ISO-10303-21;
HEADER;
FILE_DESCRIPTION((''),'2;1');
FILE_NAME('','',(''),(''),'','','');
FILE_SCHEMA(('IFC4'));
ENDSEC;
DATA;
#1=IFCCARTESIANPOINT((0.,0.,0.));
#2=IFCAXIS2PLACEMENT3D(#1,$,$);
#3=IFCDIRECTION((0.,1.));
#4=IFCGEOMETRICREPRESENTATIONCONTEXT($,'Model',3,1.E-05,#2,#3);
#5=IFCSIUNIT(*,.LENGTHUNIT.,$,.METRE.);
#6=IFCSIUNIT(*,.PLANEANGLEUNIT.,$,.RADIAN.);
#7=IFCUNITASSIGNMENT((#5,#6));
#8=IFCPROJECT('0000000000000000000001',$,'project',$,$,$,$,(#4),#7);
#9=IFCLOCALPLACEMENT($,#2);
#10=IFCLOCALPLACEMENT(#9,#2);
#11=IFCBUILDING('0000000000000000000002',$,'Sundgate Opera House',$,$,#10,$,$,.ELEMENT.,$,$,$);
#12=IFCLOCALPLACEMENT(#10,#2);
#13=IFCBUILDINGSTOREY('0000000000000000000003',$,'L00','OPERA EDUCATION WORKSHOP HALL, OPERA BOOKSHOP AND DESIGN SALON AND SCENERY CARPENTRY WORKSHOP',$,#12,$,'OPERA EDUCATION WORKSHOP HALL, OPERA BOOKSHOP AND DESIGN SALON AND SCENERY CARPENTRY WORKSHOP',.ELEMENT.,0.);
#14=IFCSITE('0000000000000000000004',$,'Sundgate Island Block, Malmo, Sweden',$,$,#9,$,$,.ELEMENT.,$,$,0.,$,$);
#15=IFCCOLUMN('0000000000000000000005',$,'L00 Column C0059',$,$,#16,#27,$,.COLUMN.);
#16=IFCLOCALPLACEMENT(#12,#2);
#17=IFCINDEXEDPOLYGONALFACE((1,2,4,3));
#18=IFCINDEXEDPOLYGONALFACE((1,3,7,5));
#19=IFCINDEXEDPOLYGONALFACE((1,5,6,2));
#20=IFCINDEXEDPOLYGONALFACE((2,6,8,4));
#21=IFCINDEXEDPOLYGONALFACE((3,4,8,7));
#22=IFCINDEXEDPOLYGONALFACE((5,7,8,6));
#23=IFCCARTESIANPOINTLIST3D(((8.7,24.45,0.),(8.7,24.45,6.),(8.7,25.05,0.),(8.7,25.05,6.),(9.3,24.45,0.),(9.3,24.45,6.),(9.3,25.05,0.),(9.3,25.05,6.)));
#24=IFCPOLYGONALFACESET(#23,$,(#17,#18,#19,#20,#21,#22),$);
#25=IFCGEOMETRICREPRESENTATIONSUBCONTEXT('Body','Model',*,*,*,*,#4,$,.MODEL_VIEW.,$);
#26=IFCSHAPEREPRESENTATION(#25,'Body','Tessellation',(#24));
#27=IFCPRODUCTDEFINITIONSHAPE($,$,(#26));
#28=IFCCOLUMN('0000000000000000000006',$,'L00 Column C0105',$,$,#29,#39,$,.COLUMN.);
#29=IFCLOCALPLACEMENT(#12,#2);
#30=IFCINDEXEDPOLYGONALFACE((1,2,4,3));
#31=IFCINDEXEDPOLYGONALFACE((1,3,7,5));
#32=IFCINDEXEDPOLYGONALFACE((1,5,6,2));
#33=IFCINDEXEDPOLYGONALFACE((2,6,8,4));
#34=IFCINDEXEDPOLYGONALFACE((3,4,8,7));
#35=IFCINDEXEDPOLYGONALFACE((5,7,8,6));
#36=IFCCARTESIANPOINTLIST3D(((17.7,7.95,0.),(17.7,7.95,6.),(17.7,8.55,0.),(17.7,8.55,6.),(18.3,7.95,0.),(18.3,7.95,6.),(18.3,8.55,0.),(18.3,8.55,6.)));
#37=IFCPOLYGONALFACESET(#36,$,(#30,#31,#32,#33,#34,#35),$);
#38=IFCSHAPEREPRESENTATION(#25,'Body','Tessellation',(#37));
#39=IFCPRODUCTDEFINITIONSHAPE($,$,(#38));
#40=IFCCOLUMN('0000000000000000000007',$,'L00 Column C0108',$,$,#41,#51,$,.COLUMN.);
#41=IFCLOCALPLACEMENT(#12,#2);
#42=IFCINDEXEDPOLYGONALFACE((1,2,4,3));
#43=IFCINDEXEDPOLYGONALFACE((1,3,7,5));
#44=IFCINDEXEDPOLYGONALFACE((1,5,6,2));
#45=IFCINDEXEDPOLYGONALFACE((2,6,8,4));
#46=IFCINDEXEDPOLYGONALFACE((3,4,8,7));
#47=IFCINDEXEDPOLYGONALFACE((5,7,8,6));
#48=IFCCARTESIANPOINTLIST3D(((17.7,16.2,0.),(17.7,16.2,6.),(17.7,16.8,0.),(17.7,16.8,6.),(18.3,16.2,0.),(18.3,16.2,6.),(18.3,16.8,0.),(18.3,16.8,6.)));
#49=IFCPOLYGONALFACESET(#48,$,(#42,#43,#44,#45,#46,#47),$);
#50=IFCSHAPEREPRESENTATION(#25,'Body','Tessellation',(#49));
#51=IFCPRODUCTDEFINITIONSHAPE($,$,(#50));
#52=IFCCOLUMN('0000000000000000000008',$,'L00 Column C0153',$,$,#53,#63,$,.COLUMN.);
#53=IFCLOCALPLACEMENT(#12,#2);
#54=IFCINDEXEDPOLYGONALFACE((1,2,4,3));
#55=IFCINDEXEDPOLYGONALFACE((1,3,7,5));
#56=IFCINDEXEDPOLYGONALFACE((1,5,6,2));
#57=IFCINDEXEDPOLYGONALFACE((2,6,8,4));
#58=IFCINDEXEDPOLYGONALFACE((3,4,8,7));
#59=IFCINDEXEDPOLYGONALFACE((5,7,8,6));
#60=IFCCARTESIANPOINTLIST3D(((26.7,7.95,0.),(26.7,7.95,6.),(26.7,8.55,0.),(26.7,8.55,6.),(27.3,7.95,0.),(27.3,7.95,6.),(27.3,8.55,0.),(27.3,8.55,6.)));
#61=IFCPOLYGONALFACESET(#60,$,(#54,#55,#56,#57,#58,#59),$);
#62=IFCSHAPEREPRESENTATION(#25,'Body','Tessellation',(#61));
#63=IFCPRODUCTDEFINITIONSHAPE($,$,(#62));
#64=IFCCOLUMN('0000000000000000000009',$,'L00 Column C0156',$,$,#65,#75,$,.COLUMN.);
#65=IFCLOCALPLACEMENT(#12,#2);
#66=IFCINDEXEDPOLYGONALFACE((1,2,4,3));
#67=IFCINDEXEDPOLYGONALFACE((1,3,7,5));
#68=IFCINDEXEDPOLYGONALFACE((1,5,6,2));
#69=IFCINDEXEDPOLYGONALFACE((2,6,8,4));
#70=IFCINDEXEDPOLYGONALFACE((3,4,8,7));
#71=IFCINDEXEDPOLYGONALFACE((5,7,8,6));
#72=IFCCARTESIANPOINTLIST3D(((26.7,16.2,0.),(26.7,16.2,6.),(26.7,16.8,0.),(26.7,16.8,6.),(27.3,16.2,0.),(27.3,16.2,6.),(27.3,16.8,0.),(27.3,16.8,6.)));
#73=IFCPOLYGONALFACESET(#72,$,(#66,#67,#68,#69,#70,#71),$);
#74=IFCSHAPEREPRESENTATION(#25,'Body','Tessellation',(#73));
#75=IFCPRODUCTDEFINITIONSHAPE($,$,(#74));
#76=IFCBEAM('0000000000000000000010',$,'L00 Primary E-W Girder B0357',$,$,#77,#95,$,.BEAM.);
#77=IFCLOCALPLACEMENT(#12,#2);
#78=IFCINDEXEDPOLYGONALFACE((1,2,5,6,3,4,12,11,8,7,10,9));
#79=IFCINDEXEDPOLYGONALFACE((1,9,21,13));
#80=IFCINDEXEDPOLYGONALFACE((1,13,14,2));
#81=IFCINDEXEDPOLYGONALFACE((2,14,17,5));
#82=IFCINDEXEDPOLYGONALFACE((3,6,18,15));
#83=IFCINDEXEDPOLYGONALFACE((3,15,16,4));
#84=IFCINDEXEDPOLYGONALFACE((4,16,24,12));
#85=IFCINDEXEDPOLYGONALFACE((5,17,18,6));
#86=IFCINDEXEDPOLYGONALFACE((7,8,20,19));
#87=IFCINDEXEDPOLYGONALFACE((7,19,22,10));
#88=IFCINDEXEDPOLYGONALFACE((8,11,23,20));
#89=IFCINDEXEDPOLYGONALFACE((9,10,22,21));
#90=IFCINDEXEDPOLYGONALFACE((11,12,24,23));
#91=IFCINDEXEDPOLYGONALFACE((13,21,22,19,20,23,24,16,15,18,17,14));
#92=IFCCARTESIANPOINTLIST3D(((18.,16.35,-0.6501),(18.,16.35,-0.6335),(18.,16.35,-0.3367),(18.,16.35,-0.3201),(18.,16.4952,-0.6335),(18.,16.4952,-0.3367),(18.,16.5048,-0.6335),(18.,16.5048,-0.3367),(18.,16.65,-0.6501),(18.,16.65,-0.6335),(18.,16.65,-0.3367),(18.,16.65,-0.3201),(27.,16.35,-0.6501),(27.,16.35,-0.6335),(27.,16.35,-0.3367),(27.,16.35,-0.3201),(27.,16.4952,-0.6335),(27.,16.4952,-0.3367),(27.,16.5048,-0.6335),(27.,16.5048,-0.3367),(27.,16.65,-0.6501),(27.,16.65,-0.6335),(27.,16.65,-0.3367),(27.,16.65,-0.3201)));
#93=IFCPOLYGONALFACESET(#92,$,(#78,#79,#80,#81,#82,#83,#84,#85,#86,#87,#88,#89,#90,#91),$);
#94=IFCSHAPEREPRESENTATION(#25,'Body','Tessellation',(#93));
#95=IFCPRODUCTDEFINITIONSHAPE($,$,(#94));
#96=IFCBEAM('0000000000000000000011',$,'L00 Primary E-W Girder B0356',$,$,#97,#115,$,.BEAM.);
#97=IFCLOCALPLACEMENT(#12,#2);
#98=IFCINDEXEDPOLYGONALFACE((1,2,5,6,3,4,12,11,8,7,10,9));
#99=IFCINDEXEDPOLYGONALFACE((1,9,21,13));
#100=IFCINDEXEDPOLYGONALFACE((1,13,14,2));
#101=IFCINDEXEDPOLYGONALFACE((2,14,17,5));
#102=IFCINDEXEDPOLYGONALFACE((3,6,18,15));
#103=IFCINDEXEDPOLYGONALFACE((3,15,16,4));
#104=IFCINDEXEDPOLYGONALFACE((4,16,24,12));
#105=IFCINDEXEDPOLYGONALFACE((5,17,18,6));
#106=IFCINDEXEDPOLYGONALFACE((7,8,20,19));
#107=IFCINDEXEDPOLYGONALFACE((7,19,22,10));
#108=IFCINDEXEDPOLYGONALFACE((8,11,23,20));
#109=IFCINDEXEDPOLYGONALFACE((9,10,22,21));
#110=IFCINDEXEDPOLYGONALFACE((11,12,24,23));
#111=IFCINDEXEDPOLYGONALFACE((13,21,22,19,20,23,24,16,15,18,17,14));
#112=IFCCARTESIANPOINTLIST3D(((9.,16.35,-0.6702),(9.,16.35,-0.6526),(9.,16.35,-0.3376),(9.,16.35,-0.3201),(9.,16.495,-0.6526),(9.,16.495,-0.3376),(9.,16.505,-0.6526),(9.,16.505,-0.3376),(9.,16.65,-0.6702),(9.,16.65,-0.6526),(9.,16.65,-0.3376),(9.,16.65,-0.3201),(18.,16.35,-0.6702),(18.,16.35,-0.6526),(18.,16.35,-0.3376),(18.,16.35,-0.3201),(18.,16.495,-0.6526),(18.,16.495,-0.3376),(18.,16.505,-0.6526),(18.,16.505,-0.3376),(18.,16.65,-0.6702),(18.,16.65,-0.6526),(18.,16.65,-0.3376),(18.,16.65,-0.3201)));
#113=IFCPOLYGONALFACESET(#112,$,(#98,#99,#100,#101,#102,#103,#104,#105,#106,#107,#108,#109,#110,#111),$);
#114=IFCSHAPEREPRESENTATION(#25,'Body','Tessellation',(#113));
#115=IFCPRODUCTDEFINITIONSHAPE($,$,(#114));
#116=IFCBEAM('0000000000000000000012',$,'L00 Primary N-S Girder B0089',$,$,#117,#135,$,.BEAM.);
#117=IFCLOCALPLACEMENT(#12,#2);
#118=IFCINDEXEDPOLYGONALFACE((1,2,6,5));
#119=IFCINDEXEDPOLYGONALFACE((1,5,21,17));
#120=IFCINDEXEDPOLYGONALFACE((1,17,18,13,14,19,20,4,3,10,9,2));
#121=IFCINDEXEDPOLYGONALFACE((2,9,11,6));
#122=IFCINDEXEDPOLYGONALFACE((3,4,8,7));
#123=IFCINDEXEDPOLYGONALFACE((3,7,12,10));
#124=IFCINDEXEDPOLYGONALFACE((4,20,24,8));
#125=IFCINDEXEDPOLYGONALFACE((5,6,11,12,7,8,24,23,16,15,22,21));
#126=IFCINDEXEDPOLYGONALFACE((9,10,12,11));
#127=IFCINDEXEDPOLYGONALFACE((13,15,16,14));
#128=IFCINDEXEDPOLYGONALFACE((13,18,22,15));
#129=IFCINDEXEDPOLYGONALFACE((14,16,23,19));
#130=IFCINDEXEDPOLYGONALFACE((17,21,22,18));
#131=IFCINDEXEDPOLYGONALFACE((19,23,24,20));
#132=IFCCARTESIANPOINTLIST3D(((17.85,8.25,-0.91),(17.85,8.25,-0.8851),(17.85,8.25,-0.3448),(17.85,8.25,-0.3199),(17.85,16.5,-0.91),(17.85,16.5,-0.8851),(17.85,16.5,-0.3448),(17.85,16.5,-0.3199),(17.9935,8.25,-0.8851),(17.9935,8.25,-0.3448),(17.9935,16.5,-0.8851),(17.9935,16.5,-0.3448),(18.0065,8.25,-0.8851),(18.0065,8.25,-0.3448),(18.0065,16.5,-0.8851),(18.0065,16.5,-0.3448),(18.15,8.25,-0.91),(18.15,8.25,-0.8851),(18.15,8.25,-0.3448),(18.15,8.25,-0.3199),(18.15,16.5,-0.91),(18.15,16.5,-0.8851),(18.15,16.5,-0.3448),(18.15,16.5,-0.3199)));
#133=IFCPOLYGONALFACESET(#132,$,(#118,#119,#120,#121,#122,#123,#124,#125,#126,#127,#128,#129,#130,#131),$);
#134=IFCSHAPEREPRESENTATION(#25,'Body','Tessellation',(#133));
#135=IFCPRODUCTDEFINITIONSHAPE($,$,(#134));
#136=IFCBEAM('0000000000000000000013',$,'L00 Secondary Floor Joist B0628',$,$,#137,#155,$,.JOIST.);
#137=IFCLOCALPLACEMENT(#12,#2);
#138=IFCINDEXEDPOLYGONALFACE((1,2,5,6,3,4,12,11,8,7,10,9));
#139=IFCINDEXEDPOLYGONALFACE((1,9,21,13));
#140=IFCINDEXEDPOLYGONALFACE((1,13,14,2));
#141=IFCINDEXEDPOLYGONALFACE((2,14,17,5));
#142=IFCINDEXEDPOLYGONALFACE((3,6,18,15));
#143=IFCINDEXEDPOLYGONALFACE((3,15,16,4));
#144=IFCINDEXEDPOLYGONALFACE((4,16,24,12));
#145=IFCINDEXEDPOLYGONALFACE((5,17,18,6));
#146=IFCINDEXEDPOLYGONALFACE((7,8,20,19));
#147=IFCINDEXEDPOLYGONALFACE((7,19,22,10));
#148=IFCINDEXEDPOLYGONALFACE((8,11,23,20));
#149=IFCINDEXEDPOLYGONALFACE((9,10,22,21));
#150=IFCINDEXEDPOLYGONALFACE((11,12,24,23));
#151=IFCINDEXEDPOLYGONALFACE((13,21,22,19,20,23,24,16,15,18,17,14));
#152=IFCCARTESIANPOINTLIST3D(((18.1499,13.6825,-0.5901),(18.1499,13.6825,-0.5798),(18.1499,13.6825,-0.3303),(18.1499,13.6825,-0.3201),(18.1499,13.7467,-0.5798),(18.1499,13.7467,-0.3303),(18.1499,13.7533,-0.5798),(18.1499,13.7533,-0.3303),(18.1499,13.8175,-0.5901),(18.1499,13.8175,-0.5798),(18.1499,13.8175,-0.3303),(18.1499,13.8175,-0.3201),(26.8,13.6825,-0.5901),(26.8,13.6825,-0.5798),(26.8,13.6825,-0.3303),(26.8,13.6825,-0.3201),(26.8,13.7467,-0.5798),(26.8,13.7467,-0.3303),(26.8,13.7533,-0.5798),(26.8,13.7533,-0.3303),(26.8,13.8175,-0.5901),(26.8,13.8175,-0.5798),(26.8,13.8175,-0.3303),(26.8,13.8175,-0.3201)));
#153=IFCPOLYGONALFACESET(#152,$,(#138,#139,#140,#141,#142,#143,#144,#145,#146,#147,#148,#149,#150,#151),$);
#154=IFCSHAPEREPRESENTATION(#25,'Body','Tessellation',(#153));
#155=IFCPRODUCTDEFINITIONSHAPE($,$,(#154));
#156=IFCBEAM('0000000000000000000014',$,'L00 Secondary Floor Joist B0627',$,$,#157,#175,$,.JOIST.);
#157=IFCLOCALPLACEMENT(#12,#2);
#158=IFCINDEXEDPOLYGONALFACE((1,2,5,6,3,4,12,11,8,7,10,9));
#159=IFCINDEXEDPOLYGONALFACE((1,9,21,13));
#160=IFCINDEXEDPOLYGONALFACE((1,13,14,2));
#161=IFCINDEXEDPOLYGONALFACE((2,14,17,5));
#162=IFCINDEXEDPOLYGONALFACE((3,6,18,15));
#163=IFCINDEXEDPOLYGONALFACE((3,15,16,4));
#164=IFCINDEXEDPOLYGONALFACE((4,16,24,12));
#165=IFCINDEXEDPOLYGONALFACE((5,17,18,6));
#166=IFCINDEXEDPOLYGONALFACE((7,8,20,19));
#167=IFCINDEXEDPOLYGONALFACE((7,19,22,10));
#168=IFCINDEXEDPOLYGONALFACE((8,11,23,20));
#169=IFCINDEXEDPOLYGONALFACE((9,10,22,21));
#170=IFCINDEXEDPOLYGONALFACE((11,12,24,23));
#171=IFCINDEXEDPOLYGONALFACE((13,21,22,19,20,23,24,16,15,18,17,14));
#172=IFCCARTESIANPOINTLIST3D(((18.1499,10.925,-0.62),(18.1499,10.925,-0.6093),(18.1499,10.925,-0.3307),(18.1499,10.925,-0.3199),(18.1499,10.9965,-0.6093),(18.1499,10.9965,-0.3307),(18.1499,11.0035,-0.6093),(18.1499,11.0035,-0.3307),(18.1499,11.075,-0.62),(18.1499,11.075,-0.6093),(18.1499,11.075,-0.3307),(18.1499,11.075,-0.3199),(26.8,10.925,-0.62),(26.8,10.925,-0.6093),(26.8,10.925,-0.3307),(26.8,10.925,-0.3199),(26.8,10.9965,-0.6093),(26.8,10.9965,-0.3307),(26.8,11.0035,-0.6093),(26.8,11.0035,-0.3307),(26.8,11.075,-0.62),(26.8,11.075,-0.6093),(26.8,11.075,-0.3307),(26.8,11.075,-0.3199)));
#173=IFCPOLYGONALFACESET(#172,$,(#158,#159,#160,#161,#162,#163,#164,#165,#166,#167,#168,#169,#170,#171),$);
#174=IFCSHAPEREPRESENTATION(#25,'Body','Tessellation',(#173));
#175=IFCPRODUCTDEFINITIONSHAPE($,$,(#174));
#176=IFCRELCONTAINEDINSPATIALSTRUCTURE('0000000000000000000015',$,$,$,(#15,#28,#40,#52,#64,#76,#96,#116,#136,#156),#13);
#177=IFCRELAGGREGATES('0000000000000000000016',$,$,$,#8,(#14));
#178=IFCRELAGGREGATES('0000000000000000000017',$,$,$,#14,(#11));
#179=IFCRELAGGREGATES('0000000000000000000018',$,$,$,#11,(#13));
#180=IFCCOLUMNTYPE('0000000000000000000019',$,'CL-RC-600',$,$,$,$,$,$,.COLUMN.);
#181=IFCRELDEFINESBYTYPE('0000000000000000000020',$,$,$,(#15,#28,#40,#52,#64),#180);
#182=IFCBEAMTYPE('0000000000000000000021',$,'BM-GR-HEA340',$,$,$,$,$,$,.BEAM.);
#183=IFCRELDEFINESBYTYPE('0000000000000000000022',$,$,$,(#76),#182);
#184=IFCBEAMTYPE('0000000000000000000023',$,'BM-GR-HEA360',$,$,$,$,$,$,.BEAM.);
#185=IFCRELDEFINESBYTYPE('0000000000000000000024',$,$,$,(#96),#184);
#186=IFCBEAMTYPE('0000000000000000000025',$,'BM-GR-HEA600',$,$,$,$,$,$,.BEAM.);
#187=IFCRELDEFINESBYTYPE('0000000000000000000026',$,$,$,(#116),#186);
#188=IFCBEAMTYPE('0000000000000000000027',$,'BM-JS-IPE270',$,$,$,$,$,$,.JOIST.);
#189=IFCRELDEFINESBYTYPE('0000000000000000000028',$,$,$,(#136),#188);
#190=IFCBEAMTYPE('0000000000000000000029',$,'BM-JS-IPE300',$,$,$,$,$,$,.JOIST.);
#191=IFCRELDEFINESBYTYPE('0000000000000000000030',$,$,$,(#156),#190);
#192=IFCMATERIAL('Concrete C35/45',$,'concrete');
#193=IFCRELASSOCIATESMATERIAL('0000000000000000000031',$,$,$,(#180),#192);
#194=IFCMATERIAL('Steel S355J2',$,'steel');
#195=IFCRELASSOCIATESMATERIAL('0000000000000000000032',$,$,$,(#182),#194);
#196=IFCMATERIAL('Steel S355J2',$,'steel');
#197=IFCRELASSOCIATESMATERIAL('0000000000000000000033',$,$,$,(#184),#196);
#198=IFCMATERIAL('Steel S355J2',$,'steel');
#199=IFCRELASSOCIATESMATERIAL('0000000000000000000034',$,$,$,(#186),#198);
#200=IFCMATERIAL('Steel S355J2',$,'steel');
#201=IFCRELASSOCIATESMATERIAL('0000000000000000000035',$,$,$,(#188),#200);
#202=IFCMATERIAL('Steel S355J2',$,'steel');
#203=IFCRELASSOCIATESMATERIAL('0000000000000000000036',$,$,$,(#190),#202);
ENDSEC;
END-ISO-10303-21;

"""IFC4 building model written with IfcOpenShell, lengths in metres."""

from ifc_helpers import new_model, si_unit, direction, frame, origin, origin_2d, place, context, subcontext, project, spatial, rectangle, i_section, extrude, material, material_profile, profile_set, type_object, element, save


model = new_model("IFC4")

# Units and contexts
model_context = context("Model", 3, precision=1e-05, world=origin(), true_north=direction((0.0, 1.0)))
body_context = subcontext(model_context, "Body", "Model", "MODEL_VIEW")
ifc_project = project(units=[si_unit("LENGTHUNIT", "METRE"), si_unit("PLANEANGLEUNIT", "RADIAN")], contexts=[model_context])

# Site, building, storey
site_placement = place(None, origin())
site = spatial("IfcSite", under=ifc_project, at=site_placement, Name="Sundgate Island Block, Malmo, Sweden", CompositionType="ELEMENT", RefElevation=0.0)
building_placement = place(site_placement, origin())
building = spatial("IfcBuilding", under=site, at=building_placement, Name="Sundgate Opera House", CompositionType="ELEMENT")
storey_placement = place(building_placement, origin())
storey = spatial("IfcBuildingStorey", under=building, at=storey_placement, Name="L00", Description="OPERA EDUCATION WORKSHOP HALL, OPERA BOOKSHOP AND DESIGN SALON AND SCENERY CARPENTRY WORKSHOP", LongName="OPERA EDUCATION WORKSHOP HALL, OPERA BOOKSHOP AND DESIGN SALON AND SCENERY CARPENTRY WORKSHOP", CompositionType="ELEMENT", Elevation=0.0)

# Columns
ifc_material_1 = material(Name="Concrete C35/45", Category="concrete")
ifc_material_profile_1 = material_profile(ifc_material_1, rectangle(XDim=0.6001, YDim=0.6001, at=origin_2d()), Name="RC 600x600")
ifc_profile_set_1 = profile_set([ifc_material_profile_1], Name="Concrete C35/45")
column_type = type_object("IfcColumnType", Name="CL-RC-600", PredefinedType="COLUMN", material=ifc_profile_set_1)
for number, where, z_axis, x_axis, name in (
    (1, (9.0, 24.75, 0.0), (0.0, 0.0, 1.0), (1.0, 0.0, 0.0), "L00 Column C0059"),
    (2, (18.0, 8.25, 0.0), (0.0, 0.0, 1.0), (1.0, 0.0, 0.0), "L00 Column C0105"),
    (3, (18.0, 16.5, 0.0), (0.0, 0.0, 1.0), (1.0, 0.0, 0.0), "L00 Column C0108"),
    (4, (27.0, 8.25, 0.0), (0.0, 0.0, 1.0), (1.0, 0.0, 0.0), "L00 Column C0153"),
    (5, (27.0, 16.5, 0.0), (0.0, 0.0, 1.0), (1.0, 0.0, 0.0), "L00 Column C0156"),
):
    element("IfcColumn", number, at=place(storey_placement, frame(where, z_axis=z_axis, x_axis=x_axis)), inside=storey, type_object=column_type, Name=name, PredefinedType="COLUMN", context=body_context, shape_type="SweptSolid", body=[
        extrude(rectangle(XDim=0.6001, YDim=0.6001, at=origin_2d()), origin(), (0.0, 0.0, 1.0), 6.0),
    ])

# Beams
ifc_material_2 = material(Name="Steel S355J2", Category="steel")
ifc_material_profile_2 = material_profile(ifc_material_2, i_section(OverallWidth=0.3, OverallDepth=0.3301, WebThickness=0.0095, FlangeThickness=0.0166, at=origin_2d()), Name="HEA 340")
ifc_profile_set_2 = profile_set([ifc_material_profile_2], Name="Steel S355J2")
beam_type_1 = type_object("IfcBeamType", Name="BM-GR-HEA340", PredefinedType="BEAM", material=ifc_profile_set_2)
beam_1_placement = place(storey_placement, frame((18.0, 16.5, -0.4851), z_axis=(1.0, 0.0, 0.0), x_axis=(0.0, 1.0, 0.0)))
element("IfcBeam", 6, at=beam_1_placement, inside=storey, type_object=beam_type_1, Name="L00 Primary E-W Girder B0357", PredefinedType="BEAM", context=body_context, shape_type="SweptSolid", body=[
    extrude(i_section(OverallWidth=0.3, OverallDepth=0.3301, WebThickness=0.0095, FlangeThickness=0.0166, at=origin_2d()), origin(), (0.0, 0.0, 1.0), 9.0),
])
ifc_material_3 = material(Name="Steel S355J2", Category="steel")
ifc_material_profile_3 = material_profile(ifc_material_3, i_section(OverallWidth=0.3, OverallDepth=0.3501, WebThickness=0.01, FlangeThickness=0.0176, at=origin_2d()), Name="HEA 360")
ifc_profile_set_3 = profile_set([ifc_material_profile_3], Name="Steel S355J2")
beam_type_2 = type_object("IfcBeamType", Name="BM-GR-HEA360", PredefinedType="BEAM", material=ifc_profile_set_3)
beam_2_placement = place(storey_placement, frame((9.0, 16.5, -0.4951), z_axis=(1.0, 0.0, 0.0), x_axis=(0.0, 1.0, 0.0)))
element("IfcBeam", 7, at=beam_2_placement, inside=storey, type_object=beam_type_2, Name="L00 Primary E-W Girder B0356", PredefinedType="BEAM", context=body_context, shape_type="SweptSolid", body=[
    extrude(i_section(OverallWidth=0.3, OverallDepth=0.3501, WebThickness=0.01, FlangeThickness=0.0176, at=origin_2d()), origin(), (0.0, 0.0, 1.0), 9.0),
])
ifc_material_4 = material(Name="Steel S355J2", Category="steel")
ifc_material_profile_4 = material_profile(ifc_material_4, i_section(OverallWidth=0.3, OverallDepth=0.5901, WebThickness=0.0129, FlangeThickness=0.0249, at=origin_2d()), Name="HEA 600")
ifc_profile_set_4 = profile_set([ifc_material_profile_4], Name="Steel S355J2")
beam_type_3 = type_object("IfcBeamType", Name="BM-GR-HEA600", PredefinedType="BEAM", material=ifc_profile_set_4)
beam_3_placement = place(storey_placement, frame((18.0, 8.25, -0.615), z_axis=(0.0, 1.0, 0.0), x_axis=(-1.0, 0.0, 0.0)))
element("IfcBeam", 8, at=beam_3_placement, inside=storey, type_object=beam_type_3, Name="L00 Primary N-S Girder B0089", PredefinedType="BEAM", context=body_context, shape_type="SweptSolid", body=[
    extrude(i_section(OverallWidth=0.3, OverallDepth=0.5901, WebThickness=0.0129, FlangeThickness=0.0249, at=origin_2d()), origin(), (0.0, 0.0, 1.0), 8.25),
])
ifc_material_5 = material(Name="Steel S355J2", Category="steel")
ifc_material_profile_5 = material_profile(ifc_material_5, i_section(OverallWidth=0.135, OverallDepth=0.27, WebThickness=0.0066, FlangeThickness=0.0103, at=origin_2d()), Name="IPE 270")
ifc_profile_set_5 = profile_set([ifc_material_profile_5], Name="Steel S355J2")
beam_type_4 = type_object("IfcBeamType", Name="BM-JS-IPE270", PredefinedType="JOIST", material=ifc_profile_set_5)
beam_4_placement = place(storey_placement, frame((18.1499, 13.75, -0.4551), z_axis=(1.0, 0.0, 0.0), x_axis=(0.0, 1.0, 0.0)))
element("IfcBeam", 9, at=beam_4_placement, inside=storey, type_object=beam_type_4, Name="L00 Secondary Floor Joist B0628", PredefinedType="JOIST", context=body_context, shape_type="SweptSolid", body=[
    extrude(i_section(OverallWidth=0.135, OverallDepth=0.27, WebThickness=0.0066, FlangeThickness=0.0103, at=origin_2d()), origin(), (0.0, 0.0, 1.0), 8.6501),
])
ifc_material_6 = material(Name="Steel S355J2", Category="steel")
ifc_material_profile_6 = material_profile(ifc_material_6, i_section(OverallWidth=0.1499, OverallDepth=0.3, WebThickness=0.0071, FlangeThickness=0.0107, at=origin_2d()), Name="IPE 300")
ifc_profile_set_6 = profile_set([ifc_material_profile_6], Name="Steel S355J2")
beam_type_5 = type_object("IfcBeamType", Name="BM-JS-IPE300", PredefinedType="JOIST", material=ifc_profile_set_6)
beam_5_placement = place(storey_placement, frame((18.1499, 11.0, -0.47), z_axis=(1.0, 0.0, 0.0), x_axis=(0.0, 1.0, 0.0)))
element("IfcBeam", 10, at=beam_5_placement, inside=storey, type_object=beam_type_5, Name="L00 Secondary Floor Joist B0627", PredefinedType="JOIST", context=body_context, shape_type="SweptSolid", body=[
    extrude(i_section(OverallWidth=0.1499, OverallDepth=0.3, WebThickness=0.0071, FlangeThickness=0.0107, at=origin_2d()), origin(), (0.0, 0.0, 1.0), 8.6501),
])

save(model, "model.ifc")
